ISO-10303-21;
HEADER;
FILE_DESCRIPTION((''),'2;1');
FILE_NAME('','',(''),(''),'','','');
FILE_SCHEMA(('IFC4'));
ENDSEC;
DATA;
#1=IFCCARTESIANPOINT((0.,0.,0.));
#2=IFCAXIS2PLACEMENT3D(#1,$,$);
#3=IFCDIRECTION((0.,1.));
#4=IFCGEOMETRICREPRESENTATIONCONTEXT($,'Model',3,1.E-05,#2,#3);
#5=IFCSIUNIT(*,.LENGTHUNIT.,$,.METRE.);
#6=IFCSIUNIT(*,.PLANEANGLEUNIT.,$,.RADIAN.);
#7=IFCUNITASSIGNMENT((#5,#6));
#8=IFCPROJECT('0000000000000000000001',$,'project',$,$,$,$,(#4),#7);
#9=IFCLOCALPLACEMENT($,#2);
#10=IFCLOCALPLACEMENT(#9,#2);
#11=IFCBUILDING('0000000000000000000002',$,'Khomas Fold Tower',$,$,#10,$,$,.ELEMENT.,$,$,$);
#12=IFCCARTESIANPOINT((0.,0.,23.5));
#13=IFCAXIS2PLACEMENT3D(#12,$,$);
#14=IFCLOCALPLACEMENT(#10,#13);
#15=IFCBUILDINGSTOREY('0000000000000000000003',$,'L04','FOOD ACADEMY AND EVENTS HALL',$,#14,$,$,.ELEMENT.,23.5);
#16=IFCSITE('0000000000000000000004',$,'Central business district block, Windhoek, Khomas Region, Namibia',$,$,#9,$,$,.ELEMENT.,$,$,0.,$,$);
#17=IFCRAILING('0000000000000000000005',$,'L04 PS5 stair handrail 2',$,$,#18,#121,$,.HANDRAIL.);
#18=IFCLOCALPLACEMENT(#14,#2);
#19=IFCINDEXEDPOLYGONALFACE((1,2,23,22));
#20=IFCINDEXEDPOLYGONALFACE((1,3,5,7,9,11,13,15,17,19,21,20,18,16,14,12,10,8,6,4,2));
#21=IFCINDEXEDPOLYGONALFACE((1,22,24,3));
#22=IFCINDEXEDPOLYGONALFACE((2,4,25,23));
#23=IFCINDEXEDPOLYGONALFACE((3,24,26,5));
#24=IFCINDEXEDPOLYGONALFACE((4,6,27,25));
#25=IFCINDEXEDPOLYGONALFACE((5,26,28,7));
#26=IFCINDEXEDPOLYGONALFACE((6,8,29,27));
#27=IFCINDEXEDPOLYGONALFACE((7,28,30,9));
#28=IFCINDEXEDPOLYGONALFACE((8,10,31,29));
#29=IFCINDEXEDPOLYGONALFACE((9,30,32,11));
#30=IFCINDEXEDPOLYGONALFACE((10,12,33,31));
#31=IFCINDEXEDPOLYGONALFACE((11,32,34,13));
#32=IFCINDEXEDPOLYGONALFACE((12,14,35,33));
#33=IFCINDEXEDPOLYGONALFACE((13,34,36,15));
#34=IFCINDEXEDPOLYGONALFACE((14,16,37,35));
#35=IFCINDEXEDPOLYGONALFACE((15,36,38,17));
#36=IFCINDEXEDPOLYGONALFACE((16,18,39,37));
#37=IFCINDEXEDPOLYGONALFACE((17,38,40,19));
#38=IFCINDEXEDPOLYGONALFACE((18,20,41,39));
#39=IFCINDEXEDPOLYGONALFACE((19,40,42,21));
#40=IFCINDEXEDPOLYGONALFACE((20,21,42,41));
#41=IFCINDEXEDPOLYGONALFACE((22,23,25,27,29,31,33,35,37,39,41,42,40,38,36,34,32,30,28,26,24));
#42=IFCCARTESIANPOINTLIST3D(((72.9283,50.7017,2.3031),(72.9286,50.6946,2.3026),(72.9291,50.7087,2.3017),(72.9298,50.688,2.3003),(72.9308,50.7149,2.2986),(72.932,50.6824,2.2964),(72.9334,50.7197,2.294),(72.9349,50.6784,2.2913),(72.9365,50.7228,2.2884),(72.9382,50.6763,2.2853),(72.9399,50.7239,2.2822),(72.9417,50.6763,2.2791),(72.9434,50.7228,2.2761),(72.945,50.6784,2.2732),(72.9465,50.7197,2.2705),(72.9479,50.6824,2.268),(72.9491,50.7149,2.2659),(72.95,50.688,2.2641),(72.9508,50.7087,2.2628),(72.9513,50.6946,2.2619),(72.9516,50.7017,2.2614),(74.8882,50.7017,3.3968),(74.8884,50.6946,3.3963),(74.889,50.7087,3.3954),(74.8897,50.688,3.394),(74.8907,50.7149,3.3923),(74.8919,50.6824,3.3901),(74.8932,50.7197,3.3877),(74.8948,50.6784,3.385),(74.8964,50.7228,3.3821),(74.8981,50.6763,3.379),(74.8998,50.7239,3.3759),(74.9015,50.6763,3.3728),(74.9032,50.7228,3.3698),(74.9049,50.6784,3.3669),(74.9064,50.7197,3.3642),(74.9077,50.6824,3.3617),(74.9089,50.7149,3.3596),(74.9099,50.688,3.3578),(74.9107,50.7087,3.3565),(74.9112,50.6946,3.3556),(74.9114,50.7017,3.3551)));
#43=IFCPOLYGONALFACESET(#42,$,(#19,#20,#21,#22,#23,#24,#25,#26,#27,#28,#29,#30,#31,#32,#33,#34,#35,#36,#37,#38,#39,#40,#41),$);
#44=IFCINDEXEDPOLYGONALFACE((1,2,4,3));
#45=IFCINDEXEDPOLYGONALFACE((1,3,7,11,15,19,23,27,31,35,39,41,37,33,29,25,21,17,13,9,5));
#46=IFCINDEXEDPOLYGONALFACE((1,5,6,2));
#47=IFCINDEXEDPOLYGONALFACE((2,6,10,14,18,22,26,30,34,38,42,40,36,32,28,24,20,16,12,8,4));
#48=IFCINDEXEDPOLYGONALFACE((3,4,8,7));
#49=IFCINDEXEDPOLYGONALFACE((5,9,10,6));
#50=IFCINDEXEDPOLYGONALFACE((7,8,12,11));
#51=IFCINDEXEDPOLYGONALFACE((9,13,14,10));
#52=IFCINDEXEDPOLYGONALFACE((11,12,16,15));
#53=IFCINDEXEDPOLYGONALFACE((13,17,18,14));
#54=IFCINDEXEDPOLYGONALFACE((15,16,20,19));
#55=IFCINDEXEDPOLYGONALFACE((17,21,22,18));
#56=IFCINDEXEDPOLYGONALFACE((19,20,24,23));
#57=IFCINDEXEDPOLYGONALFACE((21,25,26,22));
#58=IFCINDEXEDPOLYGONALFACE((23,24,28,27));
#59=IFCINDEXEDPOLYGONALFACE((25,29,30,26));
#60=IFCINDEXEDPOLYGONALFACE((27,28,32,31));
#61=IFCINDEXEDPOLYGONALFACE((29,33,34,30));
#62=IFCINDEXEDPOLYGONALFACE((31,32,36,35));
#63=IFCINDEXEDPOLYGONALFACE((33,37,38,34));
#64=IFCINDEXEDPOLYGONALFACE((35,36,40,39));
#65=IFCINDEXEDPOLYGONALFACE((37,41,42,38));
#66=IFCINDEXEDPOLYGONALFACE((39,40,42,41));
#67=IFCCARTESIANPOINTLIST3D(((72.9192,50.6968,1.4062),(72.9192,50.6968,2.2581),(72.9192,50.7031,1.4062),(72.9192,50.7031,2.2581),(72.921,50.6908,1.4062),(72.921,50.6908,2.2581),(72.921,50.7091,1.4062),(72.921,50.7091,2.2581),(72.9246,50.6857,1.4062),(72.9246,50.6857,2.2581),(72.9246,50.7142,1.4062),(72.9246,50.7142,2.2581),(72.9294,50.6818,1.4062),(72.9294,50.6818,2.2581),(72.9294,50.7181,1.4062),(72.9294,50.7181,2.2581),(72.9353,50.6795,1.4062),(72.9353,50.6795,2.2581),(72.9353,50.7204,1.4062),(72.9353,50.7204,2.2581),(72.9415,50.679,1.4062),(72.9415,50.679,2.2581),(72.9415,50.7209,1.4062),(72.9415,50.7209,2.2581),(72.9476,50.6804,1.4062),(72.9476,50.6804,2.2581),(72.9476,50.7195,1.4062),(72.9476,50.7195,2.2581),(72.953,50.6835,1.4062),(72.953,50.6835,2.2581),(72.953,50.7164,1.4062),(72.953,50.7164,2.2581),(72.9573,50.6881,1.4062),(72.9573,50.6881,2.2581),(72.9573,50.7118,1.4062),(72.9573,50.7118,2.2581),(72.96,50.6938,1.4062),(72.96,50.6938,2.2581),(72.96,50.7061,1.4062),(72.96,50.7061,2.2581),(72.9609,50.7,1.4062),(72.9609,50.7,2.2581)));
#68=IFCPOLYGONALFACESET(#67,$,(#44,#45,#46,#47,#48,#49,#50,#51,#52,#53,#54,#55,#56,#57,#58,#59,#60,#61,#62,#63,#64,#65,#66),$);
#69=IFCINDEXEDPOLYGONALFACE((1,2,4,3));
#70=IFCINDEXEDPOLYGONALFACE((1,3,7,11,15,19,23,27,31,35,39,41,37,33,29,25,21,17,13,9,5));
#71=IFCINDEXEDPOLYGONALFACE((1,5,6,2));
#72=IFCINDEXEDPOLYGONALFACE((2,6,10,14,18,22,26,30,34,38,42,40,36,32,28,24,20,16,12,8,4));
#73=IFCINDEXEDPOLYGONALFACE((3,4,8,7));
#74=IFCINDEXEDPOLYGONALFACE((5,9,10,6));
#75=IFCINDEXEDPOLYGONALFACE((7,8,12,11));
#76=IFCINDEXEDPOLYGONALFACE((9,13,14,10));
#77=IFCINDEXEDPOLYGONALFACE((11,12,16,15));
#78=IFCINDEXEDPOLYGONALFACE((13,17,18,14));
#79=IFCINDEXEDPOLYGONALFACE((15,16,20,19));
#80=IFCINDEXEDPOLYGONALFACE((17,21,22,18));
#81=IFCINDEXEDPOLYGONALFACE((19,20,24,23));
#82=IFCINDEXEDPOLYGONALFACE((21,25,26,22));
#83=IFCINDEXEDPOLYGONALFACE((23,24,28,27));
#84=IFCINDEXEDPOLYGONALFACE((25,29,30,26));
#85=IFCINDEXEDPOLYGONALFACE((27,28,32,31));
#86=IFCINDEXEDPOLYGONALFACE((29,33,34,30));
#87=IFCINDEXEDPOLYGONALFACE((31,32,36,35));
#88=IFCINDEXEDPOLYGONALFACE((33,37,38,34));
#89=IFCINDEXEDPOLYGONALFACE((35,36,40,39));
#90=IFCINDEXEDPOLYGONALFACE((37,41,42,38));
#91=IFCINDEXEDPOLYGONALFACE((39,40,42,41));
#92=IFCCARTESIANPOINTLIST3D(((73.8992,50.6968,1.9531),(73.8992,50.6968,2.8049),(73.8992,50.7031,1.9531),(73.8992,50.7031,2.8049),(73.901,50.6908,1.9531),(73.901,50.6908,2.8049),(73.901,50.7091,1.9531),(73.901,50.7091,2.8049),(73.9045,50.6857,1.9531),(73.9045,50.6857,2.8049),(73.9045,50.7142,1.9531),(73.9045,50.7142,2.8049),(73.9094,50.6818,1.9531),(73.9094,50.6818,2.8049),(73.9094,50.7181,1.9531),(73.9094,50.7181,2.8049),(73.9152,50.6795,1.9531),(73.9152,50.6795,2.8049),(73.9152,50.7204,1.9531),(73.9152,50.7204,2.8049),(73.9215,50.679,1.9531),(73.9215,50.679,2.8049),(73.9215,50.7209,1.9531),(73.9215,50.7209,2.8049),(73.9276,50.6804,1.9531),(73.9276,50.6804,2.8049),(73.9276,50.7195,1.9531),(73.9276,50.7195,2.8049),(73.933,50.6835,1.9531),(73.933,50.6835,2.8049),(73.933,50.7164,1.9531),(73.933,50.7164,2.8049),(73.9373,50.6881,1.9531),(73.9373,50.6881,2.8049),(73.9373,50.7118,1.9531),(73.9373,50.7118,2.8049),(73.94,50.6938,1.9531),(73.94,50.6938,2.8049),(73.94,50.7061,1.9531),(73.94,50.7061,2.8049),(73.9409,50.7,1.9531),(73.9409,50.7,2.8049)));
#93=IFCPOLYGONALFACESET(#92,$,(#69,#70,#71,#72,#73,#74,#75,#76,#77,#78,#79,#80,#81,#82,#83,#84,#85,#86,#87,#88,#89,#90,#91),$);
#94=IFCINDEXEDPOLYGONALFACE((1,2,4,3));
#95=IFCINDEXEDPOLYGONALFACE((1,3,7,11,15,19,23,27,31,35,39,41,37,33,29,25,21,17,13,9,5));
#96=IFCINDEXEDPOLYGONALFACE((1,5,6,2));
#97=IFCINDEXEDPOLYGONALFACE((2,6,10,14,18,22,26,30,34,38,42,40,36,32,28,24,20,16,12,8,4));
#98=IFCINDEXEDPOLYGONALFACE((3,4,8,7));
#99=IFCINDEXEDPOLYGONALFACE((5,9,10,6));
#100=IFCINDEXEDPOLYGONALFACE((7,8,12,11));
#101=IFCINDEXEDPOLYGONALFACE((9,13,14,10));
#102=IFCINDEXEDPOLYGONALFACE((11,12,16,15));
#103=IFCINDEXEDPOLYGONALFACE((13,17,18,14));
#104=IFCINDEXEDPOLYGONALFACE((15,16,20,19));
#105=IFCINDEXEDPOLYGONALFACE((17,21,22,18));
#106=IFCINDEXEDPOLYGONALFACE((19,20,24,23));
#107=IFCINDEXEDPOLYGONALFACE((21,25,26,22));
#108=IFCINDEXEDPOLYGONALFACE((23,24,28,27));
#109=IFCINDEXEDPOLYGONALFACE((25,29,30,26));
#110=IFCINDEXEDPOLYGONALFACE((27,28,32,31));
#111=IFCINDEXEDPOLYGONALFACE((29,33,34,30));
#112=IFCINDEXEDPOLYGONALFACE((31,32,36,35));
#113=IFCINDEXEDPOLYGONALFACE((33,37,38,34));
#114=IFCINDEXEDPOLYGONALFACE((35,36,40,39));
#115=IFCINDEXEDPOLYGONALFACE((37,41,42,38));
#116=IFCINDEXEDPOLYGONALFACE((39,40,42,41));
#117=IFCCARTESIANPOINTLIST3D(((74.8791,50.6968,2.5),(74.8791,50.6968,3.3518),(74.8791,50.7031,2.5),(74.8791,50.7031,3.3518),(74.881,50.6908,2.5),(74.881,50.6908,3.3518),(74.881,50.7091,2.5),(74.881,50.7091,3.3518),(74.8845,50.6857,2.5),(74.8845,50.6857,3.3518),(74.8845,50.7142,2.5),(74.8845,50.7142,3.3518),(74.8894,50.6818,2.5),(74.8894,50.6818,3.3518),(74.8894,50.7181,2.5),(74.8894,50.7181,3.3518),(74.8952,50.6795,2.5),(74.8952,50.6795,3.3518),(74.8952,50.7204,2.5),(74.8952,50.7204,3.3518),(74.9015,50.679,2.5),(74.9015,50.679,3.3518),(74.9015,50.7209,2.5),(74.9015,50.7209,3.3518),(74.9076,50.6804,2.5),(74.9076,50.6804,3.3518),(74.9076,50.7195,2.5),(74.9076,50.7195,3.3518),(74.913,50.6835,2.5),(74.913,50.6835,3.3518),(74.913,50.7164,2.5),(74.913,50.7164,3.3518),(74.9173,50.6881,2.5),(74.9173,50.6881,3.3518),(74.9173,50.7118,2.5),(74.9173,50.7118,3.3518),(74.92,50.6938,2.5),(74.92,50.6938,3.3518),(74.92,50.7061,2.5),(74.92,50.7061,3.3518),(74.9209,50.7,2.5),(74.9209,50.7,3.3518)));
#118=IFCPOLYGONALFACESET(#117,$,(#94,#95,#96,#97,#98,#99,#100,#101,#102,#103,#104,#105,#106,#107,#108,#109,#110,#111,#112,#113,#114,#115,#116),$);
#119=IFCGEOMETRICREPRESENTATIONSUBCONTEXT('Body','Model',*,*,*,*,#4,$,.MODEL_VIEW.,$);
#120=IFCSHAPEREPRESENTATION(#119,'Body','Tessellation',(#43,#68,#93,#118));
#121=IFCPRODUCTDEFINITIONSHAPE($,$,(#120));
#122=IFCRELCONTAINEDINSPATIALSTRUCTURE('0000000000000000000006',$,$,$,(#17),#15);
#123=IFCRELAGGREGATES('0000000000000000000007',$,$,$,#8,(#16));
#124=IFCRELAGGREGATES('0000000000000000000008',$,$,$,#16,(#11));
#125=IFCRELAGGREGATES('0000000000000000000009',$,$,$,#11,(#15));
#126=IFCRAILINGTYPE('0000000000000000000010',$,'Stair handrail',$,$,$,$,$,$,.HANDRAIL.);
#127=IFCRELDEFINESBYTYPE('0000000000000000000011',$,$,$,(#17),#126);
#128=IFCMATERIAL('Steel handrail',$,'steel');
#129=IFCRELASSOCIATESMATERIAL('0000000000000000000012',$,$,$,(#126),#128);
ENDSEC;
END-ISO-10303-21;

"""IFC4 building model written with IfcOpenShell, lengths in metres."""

from ifc_helpers import new_model, si_unit, direction, frame, origin, origin_2d, place, context, subcontext, project, spatial, circle, extrude, source, transform, mapped, material, type_object, element, save


model = new_model("IFC4")

# Units and contexts
model_context = context("Model", 3, precision=1e-05, world=origin(), true_north=direction((0.0, 1.0)))
body_context = subcontext(model_context, "Body", "Model", "MODEL_VIEW")
ifc_project = project(units=[si_unit("LENGTHUNIT", "METRE"), si_unit("PLANEANGLEUNIT", "RADIAN")], contexts=[model_context])

# Site, building, storey
site_placement = place(None, origin())
site = spatial("IfcSite", under=ifc_project, at=site_placement, Name="Central business district block, Windhoek, Khomas Region, Namibia", CompositionType="ELEMENT", RefElevation=0.0)
building_placement = place(site_placement, origin())
building = spatial("IfcBuilding", under=site, at=building_placement, Name="Khomas Fold Tower", CompositionType="ELEMENT")
storey_placement = place(building_placement, frame((0.0, 0.0, 23.5)))
storey = spatial("IfcBuildingStorey", under=building, at=storey_placement, Name="L04", Description="FOOD ACADEMY AND EVENTS HALL", CompositionType="ELEMENT", Elevation=23.5)

# Railing
ifc_material_1 = material(Name="Steel handrail", Category="steel")
railing_type_1 = type_object("IfcRailingType", Name="Stair handrail", PredefinedType="HANDRAIL", material=ifc_material_1)
shared_shape_1 = source(origin(), body_context, "Body", "SweptSolid", [
    extrude(circle(Radius=0.0239, at=origin_2d()), frame((0.0, 0.0, 0.876), z_axis=(0.873232, 0.0, 0.487304), x_axis=(0.0, 1.0, 0.0)), (0.0, 0.0, 1.0), 2.2444),
    extrude(circle(Radius=0.021, at=origin_2d()), origin(), (0.0, 0.0, 1.0), 0.8518),
    extrude(circle(Radius=0.021, at=origin_2d()), frame((0.98, 0.0, 0.5469)), (0.0, 0.0, 1.0), 0.8518),
    extrude(circle(Radius=0.021, at=origin_2d()), frame((1.96, 0.0, 1.0938)), (0.0, 0.0, 1.0), 0.8518),
])
for number, where, name in (
    (1, (72.9399, 50.7, 1.4062), "L04 PS5 stair handrail 2"),
):
    element("IfcRailing", number, at=place(storey_placement, frame(where)), inside=storey, type_object=railing_type_1, Name=name, PredefinedType="HANDRAIL", context=body_context, shape_type="MappedRepresentation", body=[
        mapped(shared_shape_1, transform((0.0, 0.0, 0.0))),
    ])

save(model, "model.ifc")
